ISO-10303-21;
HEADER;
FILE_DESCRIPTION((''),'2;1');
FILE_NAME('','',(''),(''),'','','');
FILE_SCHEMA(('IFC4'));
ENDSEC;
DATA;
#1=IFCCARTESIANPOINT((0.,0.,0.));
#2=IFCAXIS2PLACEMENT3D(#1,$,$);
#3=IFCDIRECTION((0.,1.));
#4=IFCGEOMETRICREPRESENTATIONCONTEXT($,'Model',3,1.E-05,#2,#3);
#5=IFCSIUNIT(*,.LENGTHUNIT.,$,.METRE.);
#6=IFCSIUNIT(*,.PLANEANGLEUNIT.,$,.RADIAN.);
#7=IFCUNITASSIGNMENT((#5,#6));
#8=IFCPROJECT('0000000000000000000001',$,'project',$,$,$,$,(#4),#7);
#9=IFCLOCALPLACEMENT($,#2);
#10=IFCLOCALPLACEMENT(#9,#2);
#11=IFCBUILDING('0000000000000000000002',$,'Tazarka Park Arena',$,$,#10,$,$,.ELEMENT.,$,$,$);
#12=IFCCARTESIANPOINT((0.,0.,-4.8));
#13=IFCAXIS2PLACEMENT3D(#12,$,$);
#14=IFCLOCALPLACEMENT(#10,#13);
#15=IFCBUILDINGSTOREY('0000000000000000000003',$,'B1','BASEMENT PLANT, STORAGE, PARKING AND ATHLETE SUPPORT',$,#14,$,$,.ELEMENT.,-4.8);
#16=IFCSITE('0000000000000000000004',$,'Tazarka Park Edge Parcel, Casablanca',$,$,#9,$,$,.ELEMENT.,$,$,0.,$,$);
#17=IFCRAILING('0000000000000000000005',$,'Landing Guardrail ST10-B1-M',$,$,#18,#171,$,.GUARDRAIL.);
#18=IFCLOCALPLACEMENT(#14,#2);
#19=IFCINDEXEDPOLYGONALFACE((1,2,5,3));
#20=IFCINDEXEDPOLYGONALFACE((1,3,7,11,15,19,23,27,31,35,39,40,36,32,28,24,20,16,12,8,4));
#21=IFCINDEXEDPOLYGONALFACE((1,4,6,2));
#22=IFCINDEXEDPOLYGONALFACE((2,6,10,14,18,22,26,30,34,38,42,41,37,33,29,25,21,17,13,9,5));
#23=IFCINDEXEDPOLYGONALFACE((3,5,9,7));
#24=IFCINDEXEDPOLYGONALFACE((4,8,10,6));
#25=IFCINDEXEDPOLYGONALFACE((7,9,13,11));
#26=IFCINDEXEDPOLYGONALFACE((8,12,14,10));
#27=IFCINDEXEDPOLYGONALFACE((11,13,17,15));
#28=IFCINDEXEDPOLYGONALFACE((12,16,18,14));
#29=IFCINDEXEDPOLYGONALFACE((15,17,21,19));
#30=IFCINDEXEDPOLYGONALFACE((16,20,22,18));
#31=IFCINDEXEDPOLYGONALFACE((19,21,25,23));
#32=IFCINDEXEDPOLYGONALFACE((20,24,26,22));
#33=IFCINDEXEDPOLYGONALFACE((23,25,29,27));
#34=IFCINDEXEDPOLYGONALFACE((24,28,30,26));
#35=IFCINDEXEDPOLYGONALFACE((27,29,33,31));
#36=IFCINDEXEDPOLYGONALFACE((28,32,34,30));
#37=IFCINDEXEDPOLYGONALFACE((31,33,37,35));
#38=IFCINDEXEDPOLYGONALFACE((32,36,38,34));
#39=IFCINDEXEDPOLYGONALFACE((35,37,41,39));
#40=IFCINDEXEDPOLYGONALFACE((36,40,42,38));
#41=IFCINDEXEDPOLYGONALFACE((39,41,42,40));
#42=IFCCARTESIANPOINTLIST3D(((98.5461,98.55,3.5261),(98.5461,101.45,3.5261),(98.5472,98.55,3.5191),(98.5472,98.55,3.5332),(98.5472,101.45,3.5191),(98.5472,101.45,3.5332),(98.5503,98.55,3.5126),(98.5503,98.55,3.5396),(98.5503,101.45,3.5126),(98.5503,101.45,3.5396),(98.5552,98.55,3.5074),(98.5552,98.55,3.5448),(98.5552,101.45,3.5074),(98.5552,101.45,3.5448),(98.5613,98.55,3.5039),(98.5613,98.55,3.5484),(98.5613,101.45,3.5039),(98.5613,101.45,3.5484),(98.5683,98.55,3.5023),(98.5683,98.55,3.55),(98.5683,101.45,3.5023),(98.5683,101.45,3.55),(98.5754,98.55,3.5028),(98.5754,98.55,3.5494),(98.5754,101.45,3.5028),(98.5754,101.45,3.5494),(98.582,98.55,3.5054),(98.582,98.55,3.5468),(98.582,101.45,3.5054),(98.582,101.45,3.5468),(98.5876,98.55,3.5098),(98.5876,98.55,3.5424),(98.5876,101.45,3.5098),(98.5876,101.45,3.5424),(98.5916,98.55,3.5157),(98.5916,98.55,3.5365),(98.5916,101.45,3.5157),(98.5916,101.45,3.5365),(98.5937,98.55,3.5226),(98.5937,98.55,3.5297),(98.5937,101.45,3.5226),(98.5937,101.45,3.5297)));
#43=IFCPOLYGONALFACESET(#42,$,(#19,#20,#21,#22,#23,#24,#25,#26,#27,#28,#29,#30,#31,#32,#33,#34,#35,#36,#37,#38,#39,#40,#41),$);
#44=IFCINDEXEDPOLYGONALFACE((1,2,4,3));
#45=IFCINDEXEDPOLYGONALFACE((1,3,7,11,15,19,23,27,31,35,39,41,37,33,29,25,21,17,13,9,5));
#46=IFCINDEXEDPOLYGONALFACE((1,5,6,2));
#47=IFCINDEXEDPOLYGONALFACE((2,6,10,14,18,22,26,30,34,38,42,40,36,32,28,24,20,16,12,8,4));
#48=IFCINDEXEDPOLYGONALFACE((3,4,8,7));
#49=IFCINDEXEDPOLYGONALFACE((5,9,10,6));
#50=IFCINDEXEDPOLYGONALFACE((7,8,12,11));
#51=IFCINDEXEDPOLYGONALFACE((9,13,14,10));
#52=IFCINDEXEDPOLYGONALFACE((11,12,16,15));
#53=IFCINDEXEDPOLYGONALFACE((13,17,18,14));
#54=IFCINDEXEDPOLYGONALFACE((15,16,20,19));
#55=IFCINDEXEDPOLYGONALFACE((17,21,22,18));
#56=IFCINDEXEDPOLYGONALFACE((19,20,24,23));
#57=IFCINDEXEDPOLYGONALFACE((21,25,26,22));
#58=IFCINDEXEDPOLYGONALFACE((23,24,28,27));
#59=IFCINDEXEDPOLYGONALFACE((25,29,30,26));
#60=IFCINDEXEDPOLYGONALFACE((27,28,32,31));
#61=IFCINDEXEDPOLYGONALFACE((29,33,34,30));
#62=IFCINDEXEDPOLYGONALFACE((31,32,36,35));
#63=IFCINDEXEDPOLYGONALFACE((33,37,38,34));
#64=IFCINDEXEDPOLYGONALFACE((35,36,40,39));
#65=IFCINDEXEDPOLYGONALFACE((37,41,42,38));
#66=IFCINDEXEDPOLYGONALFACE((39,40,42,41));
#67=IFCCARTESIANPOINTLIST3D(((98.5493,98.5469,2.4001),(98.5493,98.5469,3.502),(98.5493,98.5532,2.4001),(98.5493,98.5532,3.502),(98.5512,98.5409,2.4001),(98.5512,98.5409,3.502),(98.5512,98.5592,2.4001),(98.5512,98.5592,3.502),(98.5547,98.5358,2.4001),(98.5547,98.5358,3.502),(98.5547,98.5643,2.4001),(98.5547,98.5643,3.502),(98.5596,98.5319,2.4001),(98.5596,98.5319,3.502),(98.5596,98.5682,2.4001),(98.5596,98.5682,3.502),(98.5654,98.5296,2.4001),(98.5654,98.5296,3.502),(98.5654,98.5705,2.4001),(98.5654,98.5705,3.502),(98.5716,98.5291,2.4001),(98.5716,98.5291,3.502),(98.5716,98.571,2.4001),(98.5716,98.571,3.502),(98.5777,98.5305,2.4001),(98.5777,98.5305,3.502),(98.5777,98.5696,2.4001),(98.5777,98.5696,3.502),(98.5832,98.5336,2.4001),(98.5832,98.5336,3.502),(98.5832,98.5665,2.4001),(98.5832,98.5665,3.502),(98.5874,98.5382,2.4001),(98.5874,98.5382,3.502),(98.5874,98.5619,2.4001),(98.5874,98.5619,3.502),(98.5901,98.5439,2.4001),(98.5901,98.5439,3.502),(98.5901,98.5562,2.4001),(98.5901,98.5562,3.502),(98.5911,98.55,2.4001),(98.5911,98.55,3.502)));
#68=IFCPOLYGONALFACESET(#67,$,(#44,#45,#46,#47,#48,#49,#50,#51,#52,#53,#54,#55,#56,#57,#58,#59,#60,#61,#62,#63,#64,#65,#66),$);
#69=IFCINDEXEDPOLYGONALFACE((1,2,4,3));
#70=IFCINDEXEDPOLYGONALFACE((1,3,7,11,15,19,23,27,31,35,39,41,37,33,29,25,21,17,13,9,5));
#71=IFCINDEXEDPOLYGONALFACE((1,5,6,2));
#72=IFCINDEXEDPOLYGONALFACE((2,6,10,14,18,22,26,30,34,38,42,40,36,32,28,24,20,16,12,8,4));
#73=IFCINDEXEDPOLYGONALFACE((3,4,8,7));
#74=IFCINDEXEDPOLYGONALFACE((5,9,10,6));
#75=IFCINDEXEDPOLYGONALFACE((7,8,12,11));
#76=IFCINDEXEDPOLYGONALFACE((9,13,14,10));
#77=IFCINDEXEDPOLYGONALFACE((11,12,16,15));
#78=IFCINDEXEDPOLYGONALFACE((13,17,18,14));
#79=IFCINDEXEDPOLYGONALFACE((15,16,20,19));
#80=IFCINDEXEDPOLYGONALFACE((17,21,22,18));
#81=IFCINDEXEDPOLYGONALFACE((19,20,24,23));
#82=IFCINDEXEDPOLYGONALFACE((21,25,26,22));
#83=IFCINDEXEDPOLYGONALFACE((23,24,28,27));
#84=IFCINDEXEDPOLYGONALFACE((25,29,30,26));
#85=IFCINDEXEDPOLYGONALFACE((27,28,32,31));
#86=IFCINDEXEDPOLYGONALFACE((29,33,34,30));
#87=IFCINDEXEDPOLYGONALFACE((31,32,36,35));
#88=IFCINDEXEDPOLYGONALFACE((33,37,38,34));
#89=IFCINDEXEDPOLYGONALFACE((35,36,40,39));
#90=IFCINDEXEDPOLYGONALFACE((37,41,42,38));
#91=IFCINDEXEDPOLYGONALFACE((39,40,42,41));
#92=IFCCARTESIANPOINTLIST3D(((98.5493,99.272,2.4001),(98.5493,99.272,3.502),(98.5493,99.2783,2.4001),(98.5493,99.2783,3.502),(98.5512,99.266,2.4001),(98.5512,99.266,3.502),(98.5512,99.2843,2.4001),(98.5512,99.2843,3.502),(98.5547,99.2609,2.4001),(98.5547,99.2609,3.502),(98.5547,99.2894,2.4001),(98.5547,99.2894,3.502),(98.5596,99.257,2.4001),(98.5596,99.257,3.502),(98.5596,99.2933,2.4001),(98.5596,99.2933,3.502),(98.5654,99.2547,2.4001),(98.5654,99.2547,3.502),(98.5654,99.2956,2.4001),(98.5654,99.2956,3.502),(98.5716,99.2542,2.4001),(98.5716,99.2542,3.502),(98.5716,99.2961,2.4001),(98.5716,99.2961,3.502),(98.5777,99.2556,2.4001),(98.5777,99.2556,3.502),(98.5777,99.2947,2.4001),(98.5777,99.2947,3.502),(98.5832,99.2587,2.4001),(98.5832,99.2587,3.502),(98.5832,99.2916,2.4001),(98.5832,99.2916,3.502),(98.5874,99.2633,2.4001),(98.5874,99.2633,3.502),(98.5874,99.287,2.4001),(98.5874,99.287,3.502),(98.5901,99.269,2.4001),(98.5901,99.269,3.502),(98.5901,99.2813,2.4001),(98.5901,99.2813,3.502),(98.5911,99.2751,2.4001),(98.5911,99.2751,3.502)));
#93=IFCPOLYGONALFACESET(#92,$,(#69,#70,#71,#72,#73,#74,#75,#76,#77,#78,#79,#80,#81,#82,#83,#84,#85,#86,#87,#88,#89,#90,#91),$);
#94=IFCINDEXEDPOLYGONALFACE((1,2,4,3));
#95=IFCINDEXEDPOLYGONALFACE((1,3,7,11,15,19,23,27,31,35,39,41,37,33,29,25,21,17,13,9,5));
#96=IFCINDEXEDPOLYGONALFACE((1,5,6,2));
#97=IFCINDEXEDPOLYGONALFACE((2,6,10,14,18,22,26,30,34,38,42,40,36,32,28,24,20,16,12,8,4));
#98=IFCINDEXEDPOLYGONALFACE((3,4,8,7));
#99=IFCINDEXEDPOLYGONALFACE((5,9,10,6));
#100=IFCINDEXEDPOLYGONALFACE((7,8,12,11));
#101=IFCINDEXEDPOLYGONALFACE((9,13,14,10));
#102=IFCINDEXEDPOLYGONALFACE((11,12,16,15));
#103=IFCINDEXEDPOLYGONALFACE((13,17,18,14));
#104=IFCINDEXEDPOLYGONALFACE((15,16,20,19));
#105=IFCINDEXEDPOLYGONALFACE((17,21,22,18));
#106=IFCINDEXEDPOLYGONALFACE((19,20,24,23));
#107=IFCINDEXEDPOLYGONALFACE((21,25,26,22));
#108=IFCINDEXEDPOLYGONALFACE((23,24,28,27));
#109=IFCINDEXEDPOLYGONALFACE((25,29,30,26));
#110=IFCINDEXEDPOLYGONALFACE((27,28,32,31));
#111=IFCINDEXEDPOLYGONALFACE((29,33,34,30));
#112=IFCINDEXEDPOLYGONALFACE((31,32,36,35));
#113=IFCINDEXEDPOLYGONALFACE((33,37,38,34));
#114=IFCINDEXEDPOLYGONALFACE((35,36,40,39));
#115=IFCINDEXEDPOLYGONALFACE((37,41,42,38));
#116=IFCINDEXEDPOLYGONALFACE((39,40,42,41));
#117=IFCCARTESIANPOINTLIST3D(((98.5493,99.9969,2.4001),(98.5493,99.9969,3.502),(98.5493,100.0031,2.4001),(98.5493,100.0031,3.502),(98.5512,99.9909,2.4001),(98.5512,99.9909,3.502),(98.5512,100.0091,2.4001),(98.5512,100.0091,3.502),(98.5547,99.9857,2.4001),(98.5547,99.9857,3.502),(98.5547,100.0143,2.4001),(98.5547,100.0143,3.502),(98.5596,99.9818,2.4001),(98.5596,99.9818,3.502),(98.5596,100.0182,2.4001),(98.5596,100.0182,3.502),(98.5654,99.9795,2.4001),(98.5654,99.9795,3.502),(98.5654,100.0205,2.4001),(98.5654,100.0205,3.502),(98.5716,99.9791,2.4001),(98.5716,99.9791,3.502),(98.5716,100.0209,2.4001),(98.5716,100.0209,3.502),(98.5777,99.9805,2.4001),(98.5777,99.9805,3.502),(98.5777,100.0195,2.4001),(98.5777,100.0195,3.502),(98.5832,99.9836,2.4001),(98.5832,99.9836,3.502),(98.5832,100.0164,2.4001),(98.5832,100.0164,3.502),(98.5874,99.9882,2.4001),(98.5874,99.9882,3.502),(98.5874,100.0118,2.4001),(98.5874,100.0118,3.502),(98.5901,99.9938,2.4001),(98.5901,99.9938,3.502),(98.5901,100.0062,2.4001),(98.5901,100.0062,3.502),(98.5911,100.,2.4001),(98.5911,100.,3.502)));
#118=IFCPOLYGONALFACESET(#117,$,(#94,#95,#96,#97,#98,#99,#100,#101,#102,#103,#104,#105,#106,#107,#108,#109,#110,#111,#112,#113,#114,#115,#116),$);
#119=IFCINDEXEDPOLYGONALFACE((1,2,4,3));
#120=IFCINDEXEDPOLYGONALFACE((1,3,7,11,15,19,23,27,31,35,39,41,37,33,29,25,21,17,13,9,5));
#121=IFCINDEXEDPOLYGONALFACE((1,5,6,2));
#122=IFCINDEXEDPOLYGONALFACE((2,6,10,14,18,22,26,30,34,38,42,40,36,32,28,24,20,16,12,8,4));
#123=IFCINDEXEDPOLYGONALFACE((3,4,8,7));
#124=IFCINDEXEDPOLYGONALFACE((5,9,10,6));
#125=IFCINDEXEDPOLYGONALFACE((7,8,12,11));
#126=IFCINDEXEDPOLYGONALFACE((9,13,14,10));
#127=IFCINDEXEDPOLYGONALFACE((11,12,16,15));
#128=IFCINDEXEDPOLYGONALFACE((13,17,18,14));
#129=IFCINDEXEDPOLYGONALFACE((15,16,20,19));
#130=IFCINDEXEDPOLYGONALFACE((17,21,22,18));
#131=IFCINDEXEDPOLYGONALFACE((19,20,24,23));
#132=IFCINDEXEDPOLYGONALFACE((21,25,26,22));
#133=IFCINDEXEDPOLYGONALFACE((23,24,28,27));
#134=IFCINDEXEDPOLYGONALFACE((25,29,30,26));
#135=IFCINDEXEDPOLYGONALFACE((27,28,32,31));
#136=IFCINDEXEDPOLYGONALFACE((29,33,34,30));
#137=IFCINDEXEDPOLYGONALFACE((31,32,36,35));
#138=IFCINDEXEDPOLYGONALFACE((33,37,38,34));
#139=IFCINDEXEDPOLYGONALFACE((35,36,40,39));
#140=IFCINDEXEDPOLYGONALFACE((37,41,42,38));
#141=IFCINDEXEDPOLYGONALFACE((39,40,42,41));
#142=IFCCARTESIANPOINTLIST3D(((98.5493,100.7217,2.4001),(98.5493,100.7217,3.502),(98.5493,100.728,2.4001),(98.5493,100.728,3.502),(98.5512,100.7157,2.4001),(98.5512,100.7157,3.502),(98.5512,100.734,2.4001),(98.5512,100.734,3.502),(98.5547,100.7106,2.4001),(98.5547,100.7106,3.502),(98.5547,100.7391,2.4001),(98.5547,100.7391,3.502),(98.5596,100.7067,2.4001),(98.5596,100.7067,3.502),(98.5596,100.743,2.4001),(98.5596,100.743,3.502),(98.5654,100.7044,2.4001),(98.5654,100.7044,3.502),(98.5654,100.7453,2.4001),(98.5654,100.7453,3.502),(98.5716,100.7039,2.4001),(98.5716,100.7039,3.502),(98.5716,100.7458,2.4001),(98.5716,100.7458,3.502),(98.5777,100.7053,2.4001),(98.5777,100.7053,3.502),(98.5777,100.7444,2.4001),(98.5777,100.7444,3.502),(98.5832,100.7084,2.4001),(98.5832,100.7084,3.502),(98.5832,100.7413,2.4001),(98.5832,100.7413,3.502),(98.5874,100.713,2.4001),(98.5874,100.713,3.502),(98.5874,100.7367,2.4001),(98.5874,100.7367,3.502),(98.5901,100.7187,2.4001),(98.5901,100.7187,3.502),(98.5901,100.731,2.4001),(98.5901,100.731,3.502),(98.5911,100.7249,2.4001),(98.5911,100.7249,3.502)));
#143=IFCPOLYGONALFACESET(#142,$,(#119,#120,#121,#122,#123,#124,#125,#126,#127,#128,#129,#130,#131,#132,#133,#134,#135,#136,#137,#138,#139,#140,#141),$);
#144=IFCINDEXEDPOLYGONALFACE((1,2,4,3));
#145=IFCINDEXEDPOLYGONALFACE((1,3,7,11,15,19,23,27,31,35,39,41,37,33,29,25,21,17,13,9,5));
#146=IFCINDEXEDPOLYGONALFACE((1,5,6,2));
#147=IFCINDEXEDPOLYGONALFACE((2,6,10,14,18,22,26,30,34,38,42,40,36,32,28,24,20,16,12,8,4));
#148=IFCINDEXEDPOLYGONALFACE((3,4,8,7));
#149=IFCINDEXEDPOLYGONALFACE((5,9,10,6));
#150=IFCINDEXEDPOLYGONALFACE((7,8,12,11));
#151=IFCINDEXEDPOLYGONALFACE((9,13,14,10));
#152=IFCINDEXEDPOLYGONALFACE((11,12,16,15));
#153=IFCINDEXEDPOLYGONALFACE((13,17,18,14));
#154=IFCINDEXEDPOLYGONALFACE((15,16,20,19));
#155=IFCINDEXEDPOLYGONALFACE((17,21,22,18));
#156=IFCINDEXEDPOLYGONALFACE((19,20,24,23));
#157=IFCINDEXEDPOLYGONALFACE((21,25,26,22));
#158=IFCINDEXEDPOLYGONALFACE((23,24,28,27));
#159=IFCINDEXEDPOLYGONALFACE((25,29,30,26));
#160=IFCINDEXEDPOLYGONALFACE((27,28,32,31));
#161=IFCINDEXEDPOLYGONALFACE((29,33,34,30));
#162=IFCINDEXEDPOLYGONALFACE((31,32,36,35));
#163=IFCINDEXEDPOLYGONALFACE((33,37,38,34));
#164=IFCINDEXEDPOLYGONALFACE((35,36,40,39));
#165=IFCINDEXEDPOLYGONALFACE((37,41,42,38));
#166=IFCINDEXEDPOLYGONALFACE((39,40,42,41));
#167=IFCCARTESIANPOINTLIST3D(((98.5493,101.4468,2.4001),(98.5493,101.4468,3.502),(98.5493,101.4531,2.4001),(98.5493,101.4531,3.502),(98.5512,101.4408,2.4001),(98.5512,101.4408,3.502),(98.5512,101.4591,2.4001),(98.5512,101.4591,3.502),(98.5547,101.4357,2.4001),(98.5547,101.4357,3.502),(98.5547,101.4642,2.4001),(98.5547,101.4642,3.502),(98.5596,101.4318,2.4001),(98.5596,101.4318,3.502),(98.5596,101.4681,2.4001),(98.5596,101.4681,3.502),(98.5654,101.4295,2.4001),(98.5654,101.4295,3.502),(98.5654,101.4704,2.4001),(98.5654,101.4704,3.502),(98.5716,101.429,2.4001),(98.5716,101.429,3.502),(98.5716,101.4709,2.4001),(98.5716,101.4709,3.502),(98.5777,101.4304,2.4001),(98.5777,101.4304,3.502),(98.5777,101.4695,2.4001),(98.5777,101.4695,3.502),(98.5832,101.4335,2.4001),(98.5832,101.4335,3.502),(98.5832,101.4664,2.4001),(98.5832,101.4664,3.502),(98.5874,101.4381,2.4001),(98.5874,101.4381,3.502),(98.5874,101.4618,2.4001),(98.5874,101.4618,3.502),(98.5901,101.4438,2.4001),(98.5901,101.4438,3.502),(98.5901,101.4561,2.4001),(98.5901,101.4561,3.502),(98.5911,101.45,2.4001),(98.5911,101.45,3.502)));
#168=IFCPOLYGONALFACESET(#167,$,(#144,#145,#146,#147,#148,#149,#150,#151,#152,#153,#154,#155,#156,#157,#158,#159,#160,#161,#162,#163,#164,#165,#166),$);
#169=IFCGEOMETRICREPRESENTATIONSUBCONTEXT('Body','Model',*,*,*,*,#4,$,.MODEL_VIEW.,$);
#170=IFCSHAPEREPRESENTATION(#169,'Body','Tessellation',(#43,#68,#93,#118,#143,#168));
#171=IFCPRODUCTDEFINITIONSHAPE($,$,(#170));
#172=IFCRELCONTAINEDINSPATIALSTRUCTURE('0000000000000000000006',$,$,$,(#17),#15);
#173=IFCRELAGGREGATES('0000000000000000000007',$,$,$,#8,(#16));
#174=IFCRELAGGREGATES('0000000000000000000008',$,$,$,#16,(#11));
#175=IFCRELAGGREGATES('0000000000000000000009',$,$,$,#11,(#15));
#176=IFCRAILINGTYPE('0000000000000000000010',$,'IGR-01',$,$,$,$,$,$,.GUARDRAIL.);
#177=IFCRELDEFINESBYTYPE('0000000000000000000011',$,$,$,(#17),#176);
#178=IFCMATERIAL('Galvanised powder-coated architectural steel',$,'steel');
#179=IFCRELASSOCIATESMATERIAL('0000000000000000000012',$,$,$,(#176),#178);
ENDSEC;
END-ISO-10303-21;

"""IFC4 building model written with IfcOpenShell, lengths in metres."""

from ifc_helpers import new_model, si_unit, direction, frame, origin, origin_2d, place, context, subcontext, project, spatial, circle, extrude, material, type_object, element, save


model = new_model("IFC4")

# Units and contexts
model_context = context("Model", 3, precision=1e-05, world=origin(), true_north=direction((0.0, 1.0)))
body_context = subcontext(model_context, "Body", "Model", "MODEL_VIEW")
ifc_project = project(units=[si_unit("LENGTHUNIT", "METRE"), si_unit("PLANEANGLEUNIT", "RADIAN")], contexts=[model_context])

# Site, building, storey
site_placement = place(None, origin())
site = spatial("IfcSite", under=ifc_project, at=site_placement, Name="Tazarka Park Edge Parcel, Casablanca", CompositionType="ELEMENT", RefElevation=0.0)
building_placement = place(site_placement, origin())
building = spatial("IfcBuilding", under=site, at=building_placement, Name="Tazarka Park Arena", CompositionType="ELEMENT")
storey_placement = place(building_placement, frame((0.0, 0.0, -4.8)))
storey = spatial("IfcBuildingStorey", under=building, at=storey_placement, Name="B1", Description="BASEMENT PLANT, STORAGE, PARKING AND ATHLETE SUPPORT", CompositionType="ELEMENT", Elevation=-4.8)

# Railing
ifc_material_1 = material(Name="Galvanised powder-coated architectural steel", Category="steel")
railing_type_1 = type_object("IfcRailingType", Name="IGR-01", PredefinedType="GUARDRAIL", material=ifc_material_1)
for number, where, name in (
    (1, (98.5701, 98.55, 2.4001), "Landing Guardrail ST10-B1-M"),
):
    element("IfcRailing", number, at=place(storey_placement, frame(where)), inside=storey, type_object=railing_type_1, Name=name, PredefinedType="GUARDRAIL", context=body_context, shape_type="SweptSolid", body=[
        extrude(circle(Radius=0.0239, at=origin_2d()), frame((0.0, 0.0, 1.126), z_axis=(0.0, 1.0, 0.0), x_axis=(-1.0, 0.0, 0.0)), (0.0, 0.0, 1.0), 2.8999),
        extrude(circle(Radius=0.021, at=origin_2d()), origin(), (0.0, 0.0, 1.0), 1.1018),
        extrude(circle(Radius=0.021, at=origin_2d()), frame((0.0, 0.7251, 0.0)), (0.0, 0.0, 1.0), 1.1018),
        extrude(circle(Radius=0.021, at=origin_2d()), frame((0.0, 1.45, 0.0)), (0.0, 0.0, 1.0), 1.1018),
        extrude(circle(Radius=0.021, at=origin_2d()), frame((0.0, 2.1748, 0.0)), (0.0, 0.0, 1.0), 1.1018),
        extrude(circle(Radius=0.021, at=origin_2d()), frame((0.0, 2.8999, 0.0)), (0.0, 0.0, 1.0), 1.1018),
    ])

save(model, "model.ifc")
